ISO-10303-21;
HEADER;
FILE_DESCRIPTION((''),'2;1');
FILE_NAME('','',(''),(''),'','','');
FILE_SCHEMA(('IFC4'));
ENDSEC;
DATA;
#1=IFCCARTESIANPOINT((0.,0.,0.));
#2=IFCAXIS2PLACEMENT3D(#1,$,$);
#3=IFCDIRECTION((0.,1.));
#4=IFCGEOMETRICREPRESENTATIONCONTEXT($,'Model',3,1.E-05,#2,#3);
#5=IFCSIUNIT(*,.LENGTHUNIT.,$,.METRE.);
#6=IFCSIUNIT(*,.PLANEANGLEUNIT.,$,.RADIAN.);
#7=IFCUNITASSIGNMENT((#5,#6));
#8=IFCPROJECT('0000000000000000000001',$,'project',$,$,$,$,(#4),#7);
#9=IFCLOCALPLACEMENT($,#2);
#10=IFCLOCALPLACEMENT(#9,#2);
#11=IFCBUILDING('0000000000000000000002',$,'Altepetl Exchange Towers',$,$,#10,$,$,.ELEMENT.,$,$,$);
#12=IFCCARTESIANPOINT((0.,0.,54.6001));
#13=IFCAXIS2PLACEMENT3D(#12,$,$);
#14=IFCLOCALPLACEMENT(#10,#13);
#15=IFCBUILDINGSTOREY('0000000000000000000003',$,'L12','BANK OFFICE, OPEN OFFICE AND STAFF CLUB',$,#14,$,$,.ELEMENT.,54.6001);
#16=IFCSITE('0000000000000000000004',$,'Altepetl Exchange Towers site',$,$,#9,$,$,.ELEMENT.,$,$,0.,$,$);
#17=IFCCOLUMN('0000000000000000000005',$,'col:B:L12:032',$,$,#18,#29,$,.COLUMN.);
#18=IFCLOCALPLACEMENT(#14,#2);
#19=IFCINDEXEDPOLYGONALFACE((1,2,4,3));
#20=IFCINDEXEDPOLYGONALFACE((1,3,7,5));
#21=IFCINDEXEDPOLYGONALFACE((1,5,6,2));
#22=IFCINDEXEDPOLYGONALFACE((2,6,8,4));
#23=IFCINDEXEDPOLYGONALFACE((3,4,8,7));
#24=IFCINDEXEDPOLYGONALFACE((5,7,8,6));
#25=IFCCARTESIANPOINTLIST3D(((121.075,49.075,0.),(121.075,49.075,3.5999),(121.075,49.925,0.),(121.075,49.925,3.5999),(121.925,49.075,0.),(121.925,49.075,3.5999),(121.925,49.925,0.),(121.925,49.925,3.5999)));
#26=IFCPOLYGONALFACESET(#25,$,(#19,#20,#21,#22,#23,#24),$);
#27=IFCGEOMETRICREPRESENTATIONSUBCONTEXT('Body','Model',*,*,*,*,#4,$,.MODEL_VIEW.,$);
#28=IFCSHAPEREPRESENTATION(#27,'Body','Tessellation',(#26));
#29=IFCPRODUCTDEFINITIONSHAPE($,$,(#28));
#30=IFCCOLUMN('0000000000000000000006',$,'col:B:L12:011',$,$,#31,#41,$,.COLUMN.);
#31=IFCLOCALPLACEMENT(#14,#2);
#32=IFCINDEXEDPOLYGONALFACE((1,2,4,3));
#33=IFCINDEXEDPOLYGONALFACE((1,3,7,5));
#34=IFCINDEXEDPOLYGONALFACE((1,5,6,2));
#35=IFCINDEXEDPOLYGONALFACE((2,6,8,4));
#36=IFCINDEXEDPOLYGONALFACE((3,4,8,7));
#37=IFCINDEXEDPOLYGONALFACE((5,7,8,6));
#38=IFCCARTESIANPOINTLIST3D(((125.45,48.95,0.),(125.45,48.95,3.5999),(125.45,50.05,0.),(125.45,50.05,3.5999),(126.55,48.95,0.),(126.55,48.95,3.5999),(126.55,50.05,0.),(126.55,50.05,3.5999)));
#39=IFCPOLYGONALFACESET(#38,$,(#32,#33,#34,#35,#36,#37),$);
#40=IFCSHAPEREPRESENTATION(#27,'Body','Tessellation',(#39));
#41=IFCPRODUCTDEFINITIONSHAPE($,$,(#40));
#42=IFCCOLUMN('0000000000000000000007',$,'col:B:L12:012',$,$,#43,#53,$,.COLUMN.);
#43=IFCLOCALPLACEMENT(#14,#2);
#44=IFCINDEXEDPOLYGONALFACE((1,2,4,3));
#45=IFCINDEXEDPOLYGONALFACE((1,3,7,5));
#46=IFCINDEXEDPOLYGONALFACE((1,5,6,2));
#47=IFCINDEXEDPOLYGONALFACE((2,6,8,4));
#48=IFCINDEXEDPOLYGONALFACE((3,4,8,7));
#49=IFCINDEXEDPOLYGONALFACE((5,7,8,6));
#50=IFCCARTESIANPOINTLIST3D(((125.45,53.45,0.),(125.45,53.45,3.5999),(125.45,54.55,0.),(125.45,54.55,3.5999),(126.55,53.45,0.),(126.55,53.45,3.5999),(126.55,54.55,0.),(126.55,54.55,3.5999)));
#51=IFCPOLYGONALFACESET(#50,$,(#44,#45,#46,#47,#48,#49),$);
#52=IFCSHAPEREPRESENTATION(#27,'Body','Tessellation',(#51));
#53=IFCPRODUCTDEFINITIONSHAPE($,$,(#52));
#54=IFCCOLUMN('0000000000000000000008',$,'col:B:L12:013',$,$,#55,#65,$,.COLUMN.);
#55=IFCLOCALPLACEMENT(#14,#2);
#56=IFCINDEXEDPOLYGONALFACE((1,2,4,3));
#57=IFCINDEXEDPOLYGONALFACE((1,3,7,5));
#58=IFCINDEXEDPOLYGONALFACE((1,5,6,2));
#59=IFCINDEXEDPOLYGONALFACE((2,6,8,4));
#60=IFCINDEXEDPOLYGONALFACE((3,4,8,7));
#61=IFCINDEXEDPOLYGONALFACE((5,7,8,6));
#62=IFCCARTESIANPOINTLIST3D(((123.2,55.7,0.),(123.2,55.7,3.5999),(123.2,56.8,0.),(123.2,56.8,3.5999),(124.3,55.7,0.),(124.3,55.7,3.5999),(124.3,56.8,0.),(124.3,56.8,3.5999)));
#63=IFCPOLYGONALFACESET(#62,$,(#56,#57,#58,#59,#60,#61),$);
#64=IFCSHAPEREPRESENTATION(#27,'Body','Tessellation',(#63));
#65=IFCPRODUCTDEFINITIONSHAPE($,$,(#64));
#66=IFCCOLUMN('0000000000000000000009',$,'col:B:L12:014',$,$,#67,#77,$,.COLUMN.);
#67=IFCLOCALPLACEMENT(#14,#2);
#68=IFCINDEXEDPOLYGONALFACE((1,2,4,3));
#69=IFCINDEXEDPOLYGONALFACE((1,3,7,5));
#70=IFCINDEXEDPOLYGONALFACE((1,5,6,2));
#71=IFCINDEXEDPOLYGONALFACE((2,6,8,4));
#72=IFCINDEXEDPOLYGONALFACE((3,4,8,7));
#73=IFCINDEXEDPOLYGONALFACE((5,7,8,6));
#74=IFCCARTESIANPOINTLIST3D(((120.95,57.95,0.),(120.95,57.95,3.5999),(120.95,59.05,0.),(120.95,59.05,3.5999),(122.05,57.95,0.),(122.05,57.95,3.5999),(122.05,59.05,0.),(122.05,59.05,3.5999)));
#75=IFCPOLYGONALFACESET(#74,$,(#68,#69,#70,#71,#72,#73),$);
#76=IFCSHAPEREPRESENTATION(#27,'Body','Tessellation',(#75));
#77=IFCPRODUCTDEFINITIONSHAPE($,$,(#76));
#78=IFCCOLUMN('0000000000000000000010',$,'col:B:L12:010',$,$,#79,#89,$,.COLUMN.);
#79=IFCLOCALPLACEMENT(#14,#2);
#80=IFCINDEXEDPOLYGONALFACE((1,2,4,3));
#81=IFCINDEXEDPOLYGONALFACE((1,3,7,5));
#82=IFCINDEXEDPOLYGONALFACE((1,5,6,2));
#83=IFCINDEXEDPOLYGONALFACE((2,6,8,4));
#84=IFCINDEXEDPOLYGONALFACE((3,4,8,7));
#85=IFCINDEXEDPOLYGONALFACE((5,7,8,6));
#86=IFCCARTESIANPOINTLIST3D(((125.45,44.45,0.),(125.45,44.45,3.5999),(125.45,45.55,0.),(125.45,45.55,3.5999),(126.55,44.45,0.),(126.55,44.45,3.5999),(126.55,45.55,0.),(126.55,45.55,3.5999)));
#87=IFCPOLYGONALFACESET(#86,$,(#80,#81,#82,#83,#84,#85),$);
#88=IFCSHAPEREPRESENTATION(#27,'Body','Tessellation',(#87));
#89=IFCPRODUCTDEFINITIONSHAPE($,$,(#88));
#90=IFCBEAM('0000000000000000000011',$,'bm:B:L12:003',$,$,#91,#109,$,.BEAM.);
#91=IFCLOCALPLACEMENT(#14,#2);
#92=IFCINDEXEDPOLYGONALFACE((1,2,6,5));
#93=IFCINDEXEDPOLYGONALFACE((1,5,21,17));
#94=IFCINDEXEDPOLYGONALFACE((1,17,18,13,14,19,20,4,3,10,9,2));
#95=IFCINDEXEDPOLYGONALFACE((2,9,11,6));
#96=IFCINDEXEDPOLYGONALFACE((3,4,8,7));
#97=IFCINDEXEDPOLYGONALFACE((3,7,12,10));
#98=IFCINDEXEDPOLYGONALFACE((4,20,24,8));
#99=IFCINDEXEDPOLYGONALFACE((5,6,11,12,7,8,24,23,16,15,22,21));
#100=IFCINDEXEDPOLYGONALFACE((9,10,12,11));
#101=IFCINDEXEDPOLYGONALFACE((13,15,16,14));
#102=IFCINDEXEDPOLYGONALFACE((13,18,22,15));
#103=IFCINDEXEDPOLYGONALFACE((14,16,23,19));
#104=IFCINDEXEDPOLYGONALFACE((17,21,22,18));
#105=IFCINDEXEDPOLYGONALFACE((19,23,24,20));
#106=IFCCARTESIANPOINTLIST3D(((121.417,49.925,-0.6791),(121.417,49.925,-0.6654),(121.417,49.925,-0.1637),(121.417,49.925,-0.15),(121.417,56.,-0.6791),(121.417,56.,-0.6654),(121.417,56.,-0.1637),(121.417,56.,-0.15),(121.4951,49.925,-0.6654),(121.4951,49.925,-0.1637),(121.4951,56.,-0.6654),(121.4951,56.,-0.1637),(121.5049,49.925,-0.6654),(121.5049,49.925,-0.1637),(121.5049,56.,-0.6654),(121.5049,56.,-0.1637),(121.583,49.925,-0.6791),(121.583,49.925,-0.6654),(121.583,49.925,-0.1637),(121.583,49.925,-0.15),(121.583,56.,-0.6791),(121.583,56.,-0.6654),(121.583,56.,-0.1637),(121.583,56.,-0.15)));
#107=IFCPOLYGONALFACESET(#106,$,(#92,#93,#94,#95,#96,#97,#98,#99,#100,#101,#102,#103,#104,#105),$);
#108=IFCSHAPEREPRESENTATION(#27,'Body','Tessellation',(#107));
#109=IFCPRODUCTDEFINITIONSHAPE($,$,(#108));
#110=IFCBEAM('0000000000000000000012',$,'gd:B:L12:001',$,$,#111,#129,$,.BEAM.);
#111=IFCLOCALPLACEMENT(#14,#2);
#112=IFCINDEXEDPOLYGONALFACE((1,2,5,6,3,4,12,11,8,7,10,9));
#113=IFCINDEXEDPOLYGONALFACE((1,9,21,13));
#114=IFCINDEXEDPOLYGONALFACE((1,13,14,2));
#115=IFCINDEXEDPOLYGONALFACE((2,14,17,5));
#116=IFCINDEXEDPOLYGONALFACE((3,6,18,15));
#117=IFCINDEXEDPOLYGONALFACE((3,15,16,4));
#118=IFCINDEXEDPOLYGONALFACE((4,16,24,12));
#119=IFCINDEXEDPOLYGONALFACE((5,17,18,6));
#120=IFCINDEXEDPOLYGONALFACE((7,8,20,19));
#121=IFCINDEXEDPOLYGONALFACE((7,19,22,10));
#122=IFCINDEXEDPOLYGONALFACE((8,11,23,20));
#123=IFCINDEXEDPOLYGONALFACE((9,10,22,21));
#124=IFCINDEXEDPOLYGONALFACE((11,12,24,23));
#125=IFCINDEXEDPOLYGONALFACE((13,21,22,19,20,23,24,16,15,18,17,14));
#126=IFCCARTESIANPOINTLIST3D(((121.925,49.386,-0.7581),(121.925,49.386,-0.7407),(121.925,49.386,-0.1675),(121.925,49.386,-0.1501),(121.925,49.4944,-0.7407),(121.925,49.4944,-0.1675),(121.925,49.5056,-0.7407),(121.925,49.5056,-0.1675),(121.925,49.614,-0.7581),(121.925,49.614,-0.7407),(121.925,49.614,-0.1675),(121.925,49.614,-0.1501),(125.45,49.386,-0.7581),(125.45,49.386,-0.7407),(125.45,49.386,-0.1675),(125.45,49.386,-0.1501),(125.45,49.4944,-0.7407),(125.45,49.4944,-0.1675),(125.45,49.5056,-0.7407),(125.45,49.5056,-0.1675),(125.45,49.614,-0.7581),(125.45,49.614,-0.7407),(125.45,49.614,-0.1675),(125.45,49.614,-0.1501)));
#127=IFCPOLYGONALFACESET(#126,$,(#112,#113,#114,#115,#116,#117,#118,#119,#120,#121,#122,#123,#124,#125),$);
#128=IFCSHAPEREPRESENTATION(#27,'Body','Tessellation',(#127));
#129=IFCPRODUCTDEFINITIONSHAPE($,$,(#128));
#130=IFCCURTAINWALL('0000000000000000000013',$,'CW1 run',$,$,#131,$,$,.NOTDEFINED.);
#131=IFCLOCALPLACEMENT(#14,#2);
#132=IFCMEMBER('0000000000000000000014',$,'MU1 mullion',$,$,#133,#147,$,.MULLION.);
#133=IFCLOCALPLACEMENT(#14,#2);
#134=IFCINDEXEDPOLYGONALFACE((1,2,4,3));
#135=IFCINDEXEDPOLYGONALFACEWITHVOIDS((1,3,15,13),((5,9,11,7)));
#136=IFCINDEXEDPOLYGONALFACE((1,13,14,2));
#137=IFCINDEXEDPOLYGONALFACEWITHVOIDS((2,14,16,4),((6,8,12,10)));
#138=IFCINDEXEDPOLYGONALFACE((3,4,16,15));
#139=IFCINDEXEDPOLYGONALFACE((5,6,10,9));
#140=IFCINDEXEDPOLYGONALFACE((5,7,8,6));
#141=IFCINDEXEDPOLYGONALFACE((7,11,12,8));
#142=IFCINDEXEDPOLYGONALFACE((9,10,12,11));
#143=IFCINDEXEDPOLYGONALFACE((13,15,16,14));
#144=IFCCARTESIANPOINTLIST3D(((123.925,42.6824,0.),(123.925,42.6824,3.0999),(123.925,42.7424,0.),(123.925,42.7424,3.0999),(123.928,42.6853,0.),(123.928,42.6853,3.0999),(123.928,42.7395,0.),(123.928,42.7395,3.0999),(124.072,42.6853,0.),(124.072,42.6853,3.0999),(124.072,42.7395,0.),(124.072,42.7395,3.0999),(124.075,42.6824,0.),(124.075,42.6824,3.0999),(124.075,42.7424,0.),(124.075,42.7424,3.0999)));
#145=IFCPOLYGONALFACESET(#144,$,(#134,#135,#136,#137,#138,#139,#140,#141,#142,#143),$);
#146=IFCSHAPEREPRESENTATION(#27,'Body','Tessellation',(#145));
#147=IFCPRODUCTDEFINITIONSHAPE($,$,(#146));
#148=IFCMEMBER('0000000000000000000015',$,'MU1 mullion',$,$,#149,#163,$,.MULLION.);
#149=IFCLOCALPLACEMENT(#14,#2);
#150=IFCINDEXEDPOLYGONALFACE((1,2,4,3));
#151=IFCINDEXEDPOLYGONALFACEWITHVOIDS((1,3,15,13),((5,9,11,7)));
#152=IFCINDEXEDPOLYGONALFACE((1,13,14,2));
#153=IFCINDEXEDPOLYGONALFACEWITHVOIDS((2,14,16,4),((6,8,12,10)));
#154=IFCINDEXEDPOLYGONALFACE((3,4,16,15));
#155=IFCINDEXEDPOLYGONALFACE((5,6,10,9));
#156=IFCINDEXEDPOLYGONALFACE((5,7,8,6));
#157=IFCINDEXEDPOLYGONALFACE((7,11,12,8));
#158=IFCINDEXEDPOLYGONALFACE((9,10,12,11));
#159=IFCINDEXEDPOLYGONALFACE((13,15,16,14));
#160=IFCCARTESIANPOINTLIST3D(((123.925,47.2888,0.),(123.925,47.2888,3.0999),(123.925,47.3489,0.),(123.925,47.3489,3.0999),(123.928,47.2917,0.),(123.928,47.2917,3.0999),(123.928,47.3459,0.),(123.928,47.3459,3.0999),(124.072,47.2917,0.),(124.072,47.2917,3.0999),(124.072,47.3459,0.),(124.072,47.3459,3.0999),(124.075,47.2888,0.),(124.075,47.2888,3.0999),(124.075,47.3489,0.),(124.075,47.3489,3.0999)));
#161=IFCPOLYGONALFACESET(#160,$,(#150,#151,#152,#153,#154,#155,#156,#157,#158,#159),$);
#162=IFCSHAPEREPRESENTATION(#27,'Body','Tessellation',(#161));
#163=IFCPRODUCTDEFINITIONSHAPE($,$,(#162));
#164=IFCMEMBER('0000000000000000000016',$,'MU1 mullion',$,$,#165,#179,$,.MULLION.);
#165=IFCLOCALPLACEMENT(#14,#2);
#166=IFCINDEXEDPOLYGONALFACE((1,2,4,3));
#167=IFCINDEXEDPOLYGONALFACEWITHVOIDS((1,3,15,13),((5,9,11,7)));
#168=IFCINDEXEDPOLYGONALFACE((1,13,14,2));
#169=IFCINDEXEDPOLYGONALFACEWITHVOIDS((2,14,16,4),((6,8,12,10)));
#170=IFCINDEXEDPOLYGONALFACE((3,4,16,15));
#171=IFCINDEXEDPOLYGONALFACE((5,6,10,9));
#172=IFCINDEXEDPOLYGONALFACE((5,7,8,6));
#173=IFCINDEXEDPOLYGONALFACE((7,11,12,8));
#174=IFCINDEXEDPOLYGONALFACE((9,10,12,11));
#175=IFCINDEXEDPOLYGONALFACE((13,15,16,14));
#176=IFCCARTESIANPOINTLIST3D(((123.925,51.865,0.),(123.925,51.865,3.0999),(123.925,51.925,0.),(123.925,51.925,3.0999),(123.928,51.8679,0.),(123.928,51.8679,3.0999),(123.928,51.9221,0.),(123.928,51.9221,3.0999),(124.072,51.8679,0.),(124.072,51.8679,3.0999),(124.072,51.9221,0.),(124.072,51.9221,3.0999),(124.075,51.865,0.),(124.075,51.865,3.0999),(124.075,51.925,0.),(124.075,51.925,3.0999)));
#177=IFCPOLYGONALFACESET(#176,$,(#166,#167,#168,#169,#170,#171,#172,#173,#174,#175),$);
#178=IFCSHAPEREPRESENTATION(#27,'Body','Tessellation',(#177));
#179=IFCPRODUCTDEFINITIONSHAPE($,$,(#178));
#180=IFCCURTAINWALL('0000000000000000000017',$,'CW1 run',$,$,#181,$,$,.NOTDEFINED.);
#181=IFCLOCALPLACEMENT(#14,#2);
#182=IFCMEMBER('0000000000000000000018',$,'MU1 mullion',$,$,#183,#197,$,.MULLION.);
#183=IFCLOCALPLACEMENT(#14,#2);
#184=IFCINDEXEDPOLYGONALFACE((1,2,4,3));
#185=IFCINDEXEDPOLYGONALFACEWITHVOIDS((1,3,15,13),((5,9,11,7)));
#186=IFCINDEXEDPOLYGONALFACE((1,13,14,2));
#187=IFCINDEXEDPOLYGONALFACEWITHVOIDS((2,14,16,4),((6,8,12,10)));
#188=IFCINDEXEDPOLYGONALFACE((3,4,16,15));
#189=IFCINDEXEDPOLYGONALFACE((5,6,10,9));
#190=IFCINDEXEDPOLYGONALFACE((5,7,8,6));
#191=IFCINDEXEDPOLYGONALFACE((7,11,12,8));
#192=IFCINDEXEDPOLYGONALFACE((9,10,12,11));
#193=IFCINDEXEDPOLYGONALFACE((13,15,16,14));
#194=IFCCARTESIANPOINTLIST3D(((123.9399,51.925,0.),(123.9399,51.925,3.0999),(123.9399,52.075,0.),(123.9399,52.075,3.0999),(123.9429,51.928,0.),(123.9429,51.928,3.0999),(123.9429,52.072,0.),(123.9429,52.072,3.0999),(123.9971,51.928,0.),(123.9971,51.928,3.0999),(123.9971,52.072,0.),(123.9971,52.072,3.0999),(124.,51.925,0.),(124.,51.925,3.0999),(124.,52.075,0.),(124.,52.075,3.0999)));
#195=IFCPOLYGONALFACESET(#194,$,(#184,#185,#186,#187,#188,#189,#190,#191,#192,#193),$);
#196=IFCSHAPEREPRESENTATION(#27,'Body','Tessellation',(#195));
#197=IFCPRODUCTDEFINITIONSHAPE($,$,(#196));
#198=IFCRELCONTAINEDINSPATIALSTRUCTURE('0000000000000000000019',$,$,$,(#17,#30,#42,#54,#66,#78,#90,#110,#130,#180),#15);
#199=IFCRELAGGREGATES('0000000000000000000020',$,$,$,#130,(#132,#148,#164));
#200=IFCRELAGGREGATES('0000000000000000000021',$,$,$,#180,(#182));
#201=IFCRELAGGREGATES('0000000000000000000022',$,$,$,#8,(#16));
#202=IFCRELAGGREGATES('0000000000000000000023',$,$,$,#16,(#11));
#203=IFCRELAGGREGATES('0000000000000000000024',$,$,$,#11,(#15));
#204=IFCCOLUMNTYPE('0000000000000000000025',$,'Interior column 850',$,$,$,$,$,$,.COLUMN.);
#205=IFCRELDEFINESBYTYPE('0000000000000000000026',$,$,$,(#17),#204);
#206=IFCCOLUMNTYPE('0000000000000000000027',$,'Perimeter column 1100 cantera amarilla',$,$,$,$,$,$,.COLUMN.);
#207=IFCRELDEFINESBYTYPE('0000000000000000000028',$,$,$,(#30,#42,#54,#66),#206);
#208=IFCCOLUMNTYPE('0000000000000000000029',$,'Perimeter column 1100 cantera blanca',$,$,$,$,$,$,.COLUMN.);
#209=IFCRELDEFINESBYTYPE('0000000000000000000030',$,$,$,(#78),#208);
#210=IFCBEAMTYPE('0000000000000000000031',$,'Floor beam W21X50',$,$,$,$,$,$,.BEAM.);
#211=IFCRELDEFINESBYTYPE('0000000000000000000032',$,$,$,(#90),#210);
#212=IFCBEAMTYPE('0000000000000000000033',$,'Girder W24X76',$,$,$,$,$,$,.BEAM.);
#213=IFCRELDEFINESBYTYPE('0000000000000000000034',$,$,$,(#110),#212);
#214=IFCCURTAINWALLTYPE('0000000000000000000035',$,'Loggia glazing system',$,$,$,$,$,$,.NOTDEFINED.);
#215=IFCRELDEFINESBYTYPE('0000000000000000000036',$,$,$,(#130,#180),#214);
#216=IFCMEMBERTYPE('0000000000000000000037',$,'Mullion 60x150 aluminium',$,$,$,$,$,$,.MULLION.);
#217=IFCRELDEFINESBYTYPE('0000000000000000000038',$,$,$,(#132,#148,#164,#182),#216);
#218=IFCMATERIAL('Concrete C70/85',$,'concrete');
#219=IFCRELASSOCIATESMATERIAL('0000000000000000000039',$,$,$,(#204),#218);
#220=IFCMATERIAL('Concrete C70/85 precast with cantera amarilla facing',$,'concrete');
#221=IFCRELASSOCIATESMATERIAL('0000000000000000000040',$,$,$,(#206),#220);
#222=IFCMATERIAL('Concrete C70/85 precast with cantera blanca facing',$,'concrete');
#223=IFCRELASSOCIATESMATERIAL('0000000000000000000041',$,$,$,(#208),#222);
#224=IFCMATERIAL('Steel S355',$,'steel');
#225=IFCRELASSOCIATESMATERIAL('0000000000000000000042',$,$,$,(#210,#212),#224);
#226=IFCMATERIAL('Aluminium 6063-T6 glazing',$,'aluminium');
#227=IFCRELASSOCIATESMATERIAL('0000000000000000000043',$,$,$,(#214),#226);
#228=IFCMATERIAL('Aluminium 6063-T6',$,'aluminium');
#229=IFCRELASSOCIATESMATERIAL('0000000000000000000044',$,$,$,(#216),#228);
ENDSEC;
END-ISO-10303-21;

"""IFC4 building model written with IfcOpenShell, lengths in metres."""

from ifc_helpers import new_model, si_unit, direction, frame, origin, origin_2d, place, context, subcontext, project, spatial, rectangle, hollow_rectangle, i_section, extrude, material, material_profile, profile_set, type_object, element, aggregate, save


model = new_model("IFC4")

# Units and contexts
model_context = context("Model", 3, precision=1e-05, world=origin(), true_north=direction((0.0, 1.0)))
body_context = subcontext(model_context, "Body", "Model", "MODEL_VIEW")
ifc_project = project(units=[si_unit("LENGTHUNIT", "METRE"), si_unit("PLANEANGLEUNIT", "RADIAN")], contexts=[model_context])

# Site, building, storey
site_placement = place(None, origin())
site = spatial("IfcSite", under=ifc_project, at=site_placement, Name="Altepetl Exchange Towers site", CompositionType="ELEMENT", RefElevation=0.0)
building_placement = place(site_placement, origin())
building = spatial("IfcBuilding", under=site, at=building_placement, Name="Altepetl Exchange Towers", CompositionType="ELEMENT")
storey_placement = place(building_placement, frame((0.0, 0.0, 54.6001)))
storey = spatial("IfcBuildingStorey", under=building, at=storey_placement, Name="L12", Description="BANK OFFICE, OPEN OFFICE AND STAFF CLUB", CompositionType="ELEMENT", Elevation=54.6001)

# Columns
ifc_material_1 = material(Name="Concrete C70/85", Category="concrete")
ifc_material_profile_1 = material_profile(ifc_material_1, rectangle(XDim=0.8501, YDim=0.8501, at=origin_2d()), Name="850 x 850")
ifc_profile_set_1 = profile_set([ifc_material_profile_1], Name="Concrete C70/85")
column_type_1 = type_object("IfcColumnType", Name="Interior column 850", PredefinedType="COLUMN", material=ifc_profile_set_1)
column_1_placement = place(storey_placement, frame((121.5, 49.5, 0.0)))
element("IfcColumn", 1, at=column_1_placement, inside=storey, type_object=column_type_1, Name="col:B:L12:032", PredefinedType="COLUMN", context=body_context, shape_type="SweptSolid", body=[
    extrude(rectangle(XDim=0.8501, YDim=0.8501, at=origin_2d()), origin(), (0.0, 0.0, 1.0), 3.5999),
])
ifc_material_2 = material(Name="Concrete C70/85 precast with cantera amarilla facing", Category="concrete")
ifc_material_profile_2 = material_profile(ifc_material_2, rectangle(XDim=1.1001, YDim=1.1001, at=origin_2d()), Name="1100 x 1100")
ifc_profile_set_2 = profile_set([ifc_material_profile_2], Name="Concrete C70/85 precast with cantera amarilla facing")
column_type_2 = type_object("IfcColumnType", Name="Perimeter column 1100 cantera amarilla", PredefinedType="COLUMN", material=ifc_profile_set_2)
for number, where, name in (
    (2, (126.0, 49.5, 0.0), "col:B:L12:011"),
    (3, (126.0, 54.0, 0.0), "col:B:L12:012"),
    (4, (123.75, 56.25, 0.0), "col:B:L12:013"),
    (5, (121.5, 58.5, 0.0), "col:B:L12:014"),
):
    element("IfcColumn", number, at=place(storey_placement, frame(where)), inside=storey, type_object=column_type_2, Name=name, PredefinedType="COLUMN", context=body_context, shape_type="SweptSolid", body=[
        extrude(rectangle(XDim=1.1001, YDim=1.1001, at=origin_2d()), origin(), (0.0, 0.0, 1.0), 3.5999),
    ])
ifc_material_3 = material(Name="Concrete C70/85 precast with cantera blanca facing", Category="concrete")
ifc_material_profile_3 = material_profile(ifc_material_3, rectangle(XDim=1.1001, YDim=1.1001, at=origin_2d()), Name="1100 x 1100")
ifc_profile_set_3 = profile_set([ifc_material_profile_3], Name="Concrete C70/85 precast with cantera blanca facing")
column_type_3 = type_object("IfcColumnType", Name="Perimeter column 1100 cantera blanca", PredefinedType="COLUMN", material=ifc_profile_set_3)
column_2_placement = place(storey_placement, frame((126.0, 45.0, 0.0)))
element("IfcColumn", 6, at=column_2_placement, inside=storey, type_object=column_type_3, Name="col:B:L12:010", PredefinedType="COLUMN", context=body_context, shape_type="SweptSolid", body=[
    extrude(rectangle(XDim=1.1001, YDim=1.1001, at=origin_2d()), origin(), (0.0, 0.0, 1.0), 3.5999),
])

# Beams
ifc_material_4 = material(Name="Steel S355", Category="steel")
ifc_material_profile_4 = material_profile(ifc_material_4, i_section(OverallWidth=0.166, OverallDepth=0.5291, WebThickness=0.0098, FlangeThickness=0.0137, at=origin_2d()), Name="W21X50")
ifc_profile_set_4 = profile_set([ifc_material_profile_4], Name="Steel S355")
beam_type_1 = type_object("IfcBeamType", Name="Floor beam W21X50", PredefinedType="BEAM", material=ifc_profile_set_4)
beam_1_placement = place(storey_placement, frame((121.5, 49.925, -0.4146), z_axis=(0.0, 1.0, 0.0), x_axis=(-1.0, 0.0, 0.0)))
element("IfcBeam", 7, at=beam_1_placement, inside=storey, type_object=beam_type_1, Name="bm:B:L12:003", PredefinedType="BEAM", context=body_context, shape_type="SweptSolid", body=[
    extrude(i_section(OverallWidth=0.166, OverallDepth=0.5291, WebThickness=0.0098, FlangeThickness=0.0137, at=origin_2d()), origin(), (0.0, 0.0, 1.0), 6.075),
])
ifc_material_profile_5 = material_profile(ifc_material_4, i_section(OverallWidth=0.228, OverallDepth=0.6079, WebThickness=0.0112, FlangeThickness=0.0173, at=origin_2d()), Name="W24X76")
ifc_profile_set_5 = profile_set([ifc_material_profile_5], Name="Steel S355")
beam_type_2 = type_object("IfcBeamType", Name="Girder W24X76", PredefinedType="BEAM", material=ifc_profile_set_5)
beam_2_placement = place(storey_placement, frame((121.925, 49.5, -0.4541), z_axis=(1.0, 0.0, 0.0), x_axis=(0.0, 1.0, 0.0)))
element("IfcBeam", 8, at=beam_2_placement, inside=storey, type_object=beam_type_2, Name="gd:B:L12:001", PredefinedType="BEAM", context=body_context, shape_type="SweptSolid", body=[
    extrude(i_section(OverallWidth=0.228, OverallDepth=0.6079, WebThickness=0.0112, FlangeThickness=0.0173, at=origin_2d()), origin(), (0.0, 0.0, 1.0), 3.5249),
])

# Curtain walls, members
ifc_material_5 = material(Name="Aluminium 6063-T6 glazing", Category="aluminium")
curtain_wall_type = type_object("IfcCurtainWallType", Name="Loggia glazing system", PredefinedType="NOTDEFINED", material=ifc_material_5)
curtain_wall_1_placement = place(storey_placement, origin())
curtain_wall_1 = element("IfcCurtainWall", 9, at=curtain_wall_1_placement, inside=storey, type_object=curtain_wall_type, Name="CW1 run", PredefinedType="NOTDEFINED")
ifc_material_6 = material(Name="Aluminium 6063-T6", Category="aluminium")
ifc_material_profile_6 = material_profile(ifc_material_6, hollow_rectangle(XDim=0.0601, YDim=0.1499, WallThickness=0.0029, at=origin_2d()), Name="Mullion 60x150 aluminium")
ifc_profile_set_6 = profile_set([ifc_material_profile_6], Name="Aluminium 6063-T6")
member_type = type_object("IfcMemberType", Name="Mullion 60x150 aluminium", PredefinedType="MULLION", material=ifc_profile_set_6)
member_1_placement = place(storey_placement, frame((124.0, 42.7124, 0.0), z_axis=(0.0, 0.0, 1.0), x_axis=(0.0, 1.0, 0.0)))
member_1 = element("IfcMember", 10, at=member_1_placement, type_object=member_type, Name="MU1 mullion", PredefinedType="MULLION", context=body_context, shape_type="SweptSolid", body=[
    extrude(hollow_rectangle(XDim=0.0601, YDim=0.1499, WallThickness=0.0029, at=origin_2d()), origin(), (0.0, 0.0, 1.0), 3.0999),
])
member_2_placement = place(storey_placement, frame((124.0, 47.3188, 0.0), z_axis=(0.0, 0.0, 1.0), x_axis=(0.0, 1.0, 0.0)))
member_2 = element("IfcMember", 11, at=member_2_placement, type_object=member_type, Name="MU1 mullion", PredefinedType="MULLION", context=body_context, shape_type="SweptSolid", body=[
    extrude(hollow_rectangle(XDim=0.0601, YDim=0.1499, WallThickness=0.0029, at=origin_2d()), origin(), (0.0, 0.0, 1.0), 3.0999),
])
member_3_placement = place(storey_placement, frame((124.0, 51.895, 0.0), z_axis=(0.0, 0.0, 1.0), x_axis=(0.0, 1.0, 0.0)))
member_3 = element("IfcMember", 12, at=member_3_placement, type_object=member_type, Name="MU1 mullion", PredefinedType="MULLION", context=body_context, shape_type="SweptSolid", body=[
    extrude(hollow_rectangle(XDim=0.0601, YDim=0.1499, WallThickness=0.0029, at=origin_2d()), origin(), (0.0, 0.0, 1.0), 3.0999),
])
curtain_wall_2_placement = place(storey_placement, origin())
curtain_wall_2 = element("IfcCurtainWall", 13, at=curtain_wall_2_placement, inside=storey, type_object=curtain_wall_type, Name="CW1 run", PredefinedType="NOTDEFINED")
member_4_placement = place(storey_placement, frame((123.97, 52.0, 0.0), z_axis=(0.0, 0.0, 1.0), x_axis=(-1.0, 0.0, 0.0)))
member_4 = element("IfcMember", 14, at=member_4_placement, type_object=member_type, Name="MU1 mullion", PredefinedType="MULLION", context=body_context, shape_type="SweptSolid", body=[
    extrude(hollow_rectangle(XDim=0.0601, YDim=0.1499, WallThickness=0.0029, at=origin_2d()), origin(), (0.0, 0.0, 1.0), 3.0999),
])

aggregate(curtain_wall_1, [member_1, member_2, member_3])
aggregate(curtain_wall_2, [member_4])

save(model, "model.ifc")
